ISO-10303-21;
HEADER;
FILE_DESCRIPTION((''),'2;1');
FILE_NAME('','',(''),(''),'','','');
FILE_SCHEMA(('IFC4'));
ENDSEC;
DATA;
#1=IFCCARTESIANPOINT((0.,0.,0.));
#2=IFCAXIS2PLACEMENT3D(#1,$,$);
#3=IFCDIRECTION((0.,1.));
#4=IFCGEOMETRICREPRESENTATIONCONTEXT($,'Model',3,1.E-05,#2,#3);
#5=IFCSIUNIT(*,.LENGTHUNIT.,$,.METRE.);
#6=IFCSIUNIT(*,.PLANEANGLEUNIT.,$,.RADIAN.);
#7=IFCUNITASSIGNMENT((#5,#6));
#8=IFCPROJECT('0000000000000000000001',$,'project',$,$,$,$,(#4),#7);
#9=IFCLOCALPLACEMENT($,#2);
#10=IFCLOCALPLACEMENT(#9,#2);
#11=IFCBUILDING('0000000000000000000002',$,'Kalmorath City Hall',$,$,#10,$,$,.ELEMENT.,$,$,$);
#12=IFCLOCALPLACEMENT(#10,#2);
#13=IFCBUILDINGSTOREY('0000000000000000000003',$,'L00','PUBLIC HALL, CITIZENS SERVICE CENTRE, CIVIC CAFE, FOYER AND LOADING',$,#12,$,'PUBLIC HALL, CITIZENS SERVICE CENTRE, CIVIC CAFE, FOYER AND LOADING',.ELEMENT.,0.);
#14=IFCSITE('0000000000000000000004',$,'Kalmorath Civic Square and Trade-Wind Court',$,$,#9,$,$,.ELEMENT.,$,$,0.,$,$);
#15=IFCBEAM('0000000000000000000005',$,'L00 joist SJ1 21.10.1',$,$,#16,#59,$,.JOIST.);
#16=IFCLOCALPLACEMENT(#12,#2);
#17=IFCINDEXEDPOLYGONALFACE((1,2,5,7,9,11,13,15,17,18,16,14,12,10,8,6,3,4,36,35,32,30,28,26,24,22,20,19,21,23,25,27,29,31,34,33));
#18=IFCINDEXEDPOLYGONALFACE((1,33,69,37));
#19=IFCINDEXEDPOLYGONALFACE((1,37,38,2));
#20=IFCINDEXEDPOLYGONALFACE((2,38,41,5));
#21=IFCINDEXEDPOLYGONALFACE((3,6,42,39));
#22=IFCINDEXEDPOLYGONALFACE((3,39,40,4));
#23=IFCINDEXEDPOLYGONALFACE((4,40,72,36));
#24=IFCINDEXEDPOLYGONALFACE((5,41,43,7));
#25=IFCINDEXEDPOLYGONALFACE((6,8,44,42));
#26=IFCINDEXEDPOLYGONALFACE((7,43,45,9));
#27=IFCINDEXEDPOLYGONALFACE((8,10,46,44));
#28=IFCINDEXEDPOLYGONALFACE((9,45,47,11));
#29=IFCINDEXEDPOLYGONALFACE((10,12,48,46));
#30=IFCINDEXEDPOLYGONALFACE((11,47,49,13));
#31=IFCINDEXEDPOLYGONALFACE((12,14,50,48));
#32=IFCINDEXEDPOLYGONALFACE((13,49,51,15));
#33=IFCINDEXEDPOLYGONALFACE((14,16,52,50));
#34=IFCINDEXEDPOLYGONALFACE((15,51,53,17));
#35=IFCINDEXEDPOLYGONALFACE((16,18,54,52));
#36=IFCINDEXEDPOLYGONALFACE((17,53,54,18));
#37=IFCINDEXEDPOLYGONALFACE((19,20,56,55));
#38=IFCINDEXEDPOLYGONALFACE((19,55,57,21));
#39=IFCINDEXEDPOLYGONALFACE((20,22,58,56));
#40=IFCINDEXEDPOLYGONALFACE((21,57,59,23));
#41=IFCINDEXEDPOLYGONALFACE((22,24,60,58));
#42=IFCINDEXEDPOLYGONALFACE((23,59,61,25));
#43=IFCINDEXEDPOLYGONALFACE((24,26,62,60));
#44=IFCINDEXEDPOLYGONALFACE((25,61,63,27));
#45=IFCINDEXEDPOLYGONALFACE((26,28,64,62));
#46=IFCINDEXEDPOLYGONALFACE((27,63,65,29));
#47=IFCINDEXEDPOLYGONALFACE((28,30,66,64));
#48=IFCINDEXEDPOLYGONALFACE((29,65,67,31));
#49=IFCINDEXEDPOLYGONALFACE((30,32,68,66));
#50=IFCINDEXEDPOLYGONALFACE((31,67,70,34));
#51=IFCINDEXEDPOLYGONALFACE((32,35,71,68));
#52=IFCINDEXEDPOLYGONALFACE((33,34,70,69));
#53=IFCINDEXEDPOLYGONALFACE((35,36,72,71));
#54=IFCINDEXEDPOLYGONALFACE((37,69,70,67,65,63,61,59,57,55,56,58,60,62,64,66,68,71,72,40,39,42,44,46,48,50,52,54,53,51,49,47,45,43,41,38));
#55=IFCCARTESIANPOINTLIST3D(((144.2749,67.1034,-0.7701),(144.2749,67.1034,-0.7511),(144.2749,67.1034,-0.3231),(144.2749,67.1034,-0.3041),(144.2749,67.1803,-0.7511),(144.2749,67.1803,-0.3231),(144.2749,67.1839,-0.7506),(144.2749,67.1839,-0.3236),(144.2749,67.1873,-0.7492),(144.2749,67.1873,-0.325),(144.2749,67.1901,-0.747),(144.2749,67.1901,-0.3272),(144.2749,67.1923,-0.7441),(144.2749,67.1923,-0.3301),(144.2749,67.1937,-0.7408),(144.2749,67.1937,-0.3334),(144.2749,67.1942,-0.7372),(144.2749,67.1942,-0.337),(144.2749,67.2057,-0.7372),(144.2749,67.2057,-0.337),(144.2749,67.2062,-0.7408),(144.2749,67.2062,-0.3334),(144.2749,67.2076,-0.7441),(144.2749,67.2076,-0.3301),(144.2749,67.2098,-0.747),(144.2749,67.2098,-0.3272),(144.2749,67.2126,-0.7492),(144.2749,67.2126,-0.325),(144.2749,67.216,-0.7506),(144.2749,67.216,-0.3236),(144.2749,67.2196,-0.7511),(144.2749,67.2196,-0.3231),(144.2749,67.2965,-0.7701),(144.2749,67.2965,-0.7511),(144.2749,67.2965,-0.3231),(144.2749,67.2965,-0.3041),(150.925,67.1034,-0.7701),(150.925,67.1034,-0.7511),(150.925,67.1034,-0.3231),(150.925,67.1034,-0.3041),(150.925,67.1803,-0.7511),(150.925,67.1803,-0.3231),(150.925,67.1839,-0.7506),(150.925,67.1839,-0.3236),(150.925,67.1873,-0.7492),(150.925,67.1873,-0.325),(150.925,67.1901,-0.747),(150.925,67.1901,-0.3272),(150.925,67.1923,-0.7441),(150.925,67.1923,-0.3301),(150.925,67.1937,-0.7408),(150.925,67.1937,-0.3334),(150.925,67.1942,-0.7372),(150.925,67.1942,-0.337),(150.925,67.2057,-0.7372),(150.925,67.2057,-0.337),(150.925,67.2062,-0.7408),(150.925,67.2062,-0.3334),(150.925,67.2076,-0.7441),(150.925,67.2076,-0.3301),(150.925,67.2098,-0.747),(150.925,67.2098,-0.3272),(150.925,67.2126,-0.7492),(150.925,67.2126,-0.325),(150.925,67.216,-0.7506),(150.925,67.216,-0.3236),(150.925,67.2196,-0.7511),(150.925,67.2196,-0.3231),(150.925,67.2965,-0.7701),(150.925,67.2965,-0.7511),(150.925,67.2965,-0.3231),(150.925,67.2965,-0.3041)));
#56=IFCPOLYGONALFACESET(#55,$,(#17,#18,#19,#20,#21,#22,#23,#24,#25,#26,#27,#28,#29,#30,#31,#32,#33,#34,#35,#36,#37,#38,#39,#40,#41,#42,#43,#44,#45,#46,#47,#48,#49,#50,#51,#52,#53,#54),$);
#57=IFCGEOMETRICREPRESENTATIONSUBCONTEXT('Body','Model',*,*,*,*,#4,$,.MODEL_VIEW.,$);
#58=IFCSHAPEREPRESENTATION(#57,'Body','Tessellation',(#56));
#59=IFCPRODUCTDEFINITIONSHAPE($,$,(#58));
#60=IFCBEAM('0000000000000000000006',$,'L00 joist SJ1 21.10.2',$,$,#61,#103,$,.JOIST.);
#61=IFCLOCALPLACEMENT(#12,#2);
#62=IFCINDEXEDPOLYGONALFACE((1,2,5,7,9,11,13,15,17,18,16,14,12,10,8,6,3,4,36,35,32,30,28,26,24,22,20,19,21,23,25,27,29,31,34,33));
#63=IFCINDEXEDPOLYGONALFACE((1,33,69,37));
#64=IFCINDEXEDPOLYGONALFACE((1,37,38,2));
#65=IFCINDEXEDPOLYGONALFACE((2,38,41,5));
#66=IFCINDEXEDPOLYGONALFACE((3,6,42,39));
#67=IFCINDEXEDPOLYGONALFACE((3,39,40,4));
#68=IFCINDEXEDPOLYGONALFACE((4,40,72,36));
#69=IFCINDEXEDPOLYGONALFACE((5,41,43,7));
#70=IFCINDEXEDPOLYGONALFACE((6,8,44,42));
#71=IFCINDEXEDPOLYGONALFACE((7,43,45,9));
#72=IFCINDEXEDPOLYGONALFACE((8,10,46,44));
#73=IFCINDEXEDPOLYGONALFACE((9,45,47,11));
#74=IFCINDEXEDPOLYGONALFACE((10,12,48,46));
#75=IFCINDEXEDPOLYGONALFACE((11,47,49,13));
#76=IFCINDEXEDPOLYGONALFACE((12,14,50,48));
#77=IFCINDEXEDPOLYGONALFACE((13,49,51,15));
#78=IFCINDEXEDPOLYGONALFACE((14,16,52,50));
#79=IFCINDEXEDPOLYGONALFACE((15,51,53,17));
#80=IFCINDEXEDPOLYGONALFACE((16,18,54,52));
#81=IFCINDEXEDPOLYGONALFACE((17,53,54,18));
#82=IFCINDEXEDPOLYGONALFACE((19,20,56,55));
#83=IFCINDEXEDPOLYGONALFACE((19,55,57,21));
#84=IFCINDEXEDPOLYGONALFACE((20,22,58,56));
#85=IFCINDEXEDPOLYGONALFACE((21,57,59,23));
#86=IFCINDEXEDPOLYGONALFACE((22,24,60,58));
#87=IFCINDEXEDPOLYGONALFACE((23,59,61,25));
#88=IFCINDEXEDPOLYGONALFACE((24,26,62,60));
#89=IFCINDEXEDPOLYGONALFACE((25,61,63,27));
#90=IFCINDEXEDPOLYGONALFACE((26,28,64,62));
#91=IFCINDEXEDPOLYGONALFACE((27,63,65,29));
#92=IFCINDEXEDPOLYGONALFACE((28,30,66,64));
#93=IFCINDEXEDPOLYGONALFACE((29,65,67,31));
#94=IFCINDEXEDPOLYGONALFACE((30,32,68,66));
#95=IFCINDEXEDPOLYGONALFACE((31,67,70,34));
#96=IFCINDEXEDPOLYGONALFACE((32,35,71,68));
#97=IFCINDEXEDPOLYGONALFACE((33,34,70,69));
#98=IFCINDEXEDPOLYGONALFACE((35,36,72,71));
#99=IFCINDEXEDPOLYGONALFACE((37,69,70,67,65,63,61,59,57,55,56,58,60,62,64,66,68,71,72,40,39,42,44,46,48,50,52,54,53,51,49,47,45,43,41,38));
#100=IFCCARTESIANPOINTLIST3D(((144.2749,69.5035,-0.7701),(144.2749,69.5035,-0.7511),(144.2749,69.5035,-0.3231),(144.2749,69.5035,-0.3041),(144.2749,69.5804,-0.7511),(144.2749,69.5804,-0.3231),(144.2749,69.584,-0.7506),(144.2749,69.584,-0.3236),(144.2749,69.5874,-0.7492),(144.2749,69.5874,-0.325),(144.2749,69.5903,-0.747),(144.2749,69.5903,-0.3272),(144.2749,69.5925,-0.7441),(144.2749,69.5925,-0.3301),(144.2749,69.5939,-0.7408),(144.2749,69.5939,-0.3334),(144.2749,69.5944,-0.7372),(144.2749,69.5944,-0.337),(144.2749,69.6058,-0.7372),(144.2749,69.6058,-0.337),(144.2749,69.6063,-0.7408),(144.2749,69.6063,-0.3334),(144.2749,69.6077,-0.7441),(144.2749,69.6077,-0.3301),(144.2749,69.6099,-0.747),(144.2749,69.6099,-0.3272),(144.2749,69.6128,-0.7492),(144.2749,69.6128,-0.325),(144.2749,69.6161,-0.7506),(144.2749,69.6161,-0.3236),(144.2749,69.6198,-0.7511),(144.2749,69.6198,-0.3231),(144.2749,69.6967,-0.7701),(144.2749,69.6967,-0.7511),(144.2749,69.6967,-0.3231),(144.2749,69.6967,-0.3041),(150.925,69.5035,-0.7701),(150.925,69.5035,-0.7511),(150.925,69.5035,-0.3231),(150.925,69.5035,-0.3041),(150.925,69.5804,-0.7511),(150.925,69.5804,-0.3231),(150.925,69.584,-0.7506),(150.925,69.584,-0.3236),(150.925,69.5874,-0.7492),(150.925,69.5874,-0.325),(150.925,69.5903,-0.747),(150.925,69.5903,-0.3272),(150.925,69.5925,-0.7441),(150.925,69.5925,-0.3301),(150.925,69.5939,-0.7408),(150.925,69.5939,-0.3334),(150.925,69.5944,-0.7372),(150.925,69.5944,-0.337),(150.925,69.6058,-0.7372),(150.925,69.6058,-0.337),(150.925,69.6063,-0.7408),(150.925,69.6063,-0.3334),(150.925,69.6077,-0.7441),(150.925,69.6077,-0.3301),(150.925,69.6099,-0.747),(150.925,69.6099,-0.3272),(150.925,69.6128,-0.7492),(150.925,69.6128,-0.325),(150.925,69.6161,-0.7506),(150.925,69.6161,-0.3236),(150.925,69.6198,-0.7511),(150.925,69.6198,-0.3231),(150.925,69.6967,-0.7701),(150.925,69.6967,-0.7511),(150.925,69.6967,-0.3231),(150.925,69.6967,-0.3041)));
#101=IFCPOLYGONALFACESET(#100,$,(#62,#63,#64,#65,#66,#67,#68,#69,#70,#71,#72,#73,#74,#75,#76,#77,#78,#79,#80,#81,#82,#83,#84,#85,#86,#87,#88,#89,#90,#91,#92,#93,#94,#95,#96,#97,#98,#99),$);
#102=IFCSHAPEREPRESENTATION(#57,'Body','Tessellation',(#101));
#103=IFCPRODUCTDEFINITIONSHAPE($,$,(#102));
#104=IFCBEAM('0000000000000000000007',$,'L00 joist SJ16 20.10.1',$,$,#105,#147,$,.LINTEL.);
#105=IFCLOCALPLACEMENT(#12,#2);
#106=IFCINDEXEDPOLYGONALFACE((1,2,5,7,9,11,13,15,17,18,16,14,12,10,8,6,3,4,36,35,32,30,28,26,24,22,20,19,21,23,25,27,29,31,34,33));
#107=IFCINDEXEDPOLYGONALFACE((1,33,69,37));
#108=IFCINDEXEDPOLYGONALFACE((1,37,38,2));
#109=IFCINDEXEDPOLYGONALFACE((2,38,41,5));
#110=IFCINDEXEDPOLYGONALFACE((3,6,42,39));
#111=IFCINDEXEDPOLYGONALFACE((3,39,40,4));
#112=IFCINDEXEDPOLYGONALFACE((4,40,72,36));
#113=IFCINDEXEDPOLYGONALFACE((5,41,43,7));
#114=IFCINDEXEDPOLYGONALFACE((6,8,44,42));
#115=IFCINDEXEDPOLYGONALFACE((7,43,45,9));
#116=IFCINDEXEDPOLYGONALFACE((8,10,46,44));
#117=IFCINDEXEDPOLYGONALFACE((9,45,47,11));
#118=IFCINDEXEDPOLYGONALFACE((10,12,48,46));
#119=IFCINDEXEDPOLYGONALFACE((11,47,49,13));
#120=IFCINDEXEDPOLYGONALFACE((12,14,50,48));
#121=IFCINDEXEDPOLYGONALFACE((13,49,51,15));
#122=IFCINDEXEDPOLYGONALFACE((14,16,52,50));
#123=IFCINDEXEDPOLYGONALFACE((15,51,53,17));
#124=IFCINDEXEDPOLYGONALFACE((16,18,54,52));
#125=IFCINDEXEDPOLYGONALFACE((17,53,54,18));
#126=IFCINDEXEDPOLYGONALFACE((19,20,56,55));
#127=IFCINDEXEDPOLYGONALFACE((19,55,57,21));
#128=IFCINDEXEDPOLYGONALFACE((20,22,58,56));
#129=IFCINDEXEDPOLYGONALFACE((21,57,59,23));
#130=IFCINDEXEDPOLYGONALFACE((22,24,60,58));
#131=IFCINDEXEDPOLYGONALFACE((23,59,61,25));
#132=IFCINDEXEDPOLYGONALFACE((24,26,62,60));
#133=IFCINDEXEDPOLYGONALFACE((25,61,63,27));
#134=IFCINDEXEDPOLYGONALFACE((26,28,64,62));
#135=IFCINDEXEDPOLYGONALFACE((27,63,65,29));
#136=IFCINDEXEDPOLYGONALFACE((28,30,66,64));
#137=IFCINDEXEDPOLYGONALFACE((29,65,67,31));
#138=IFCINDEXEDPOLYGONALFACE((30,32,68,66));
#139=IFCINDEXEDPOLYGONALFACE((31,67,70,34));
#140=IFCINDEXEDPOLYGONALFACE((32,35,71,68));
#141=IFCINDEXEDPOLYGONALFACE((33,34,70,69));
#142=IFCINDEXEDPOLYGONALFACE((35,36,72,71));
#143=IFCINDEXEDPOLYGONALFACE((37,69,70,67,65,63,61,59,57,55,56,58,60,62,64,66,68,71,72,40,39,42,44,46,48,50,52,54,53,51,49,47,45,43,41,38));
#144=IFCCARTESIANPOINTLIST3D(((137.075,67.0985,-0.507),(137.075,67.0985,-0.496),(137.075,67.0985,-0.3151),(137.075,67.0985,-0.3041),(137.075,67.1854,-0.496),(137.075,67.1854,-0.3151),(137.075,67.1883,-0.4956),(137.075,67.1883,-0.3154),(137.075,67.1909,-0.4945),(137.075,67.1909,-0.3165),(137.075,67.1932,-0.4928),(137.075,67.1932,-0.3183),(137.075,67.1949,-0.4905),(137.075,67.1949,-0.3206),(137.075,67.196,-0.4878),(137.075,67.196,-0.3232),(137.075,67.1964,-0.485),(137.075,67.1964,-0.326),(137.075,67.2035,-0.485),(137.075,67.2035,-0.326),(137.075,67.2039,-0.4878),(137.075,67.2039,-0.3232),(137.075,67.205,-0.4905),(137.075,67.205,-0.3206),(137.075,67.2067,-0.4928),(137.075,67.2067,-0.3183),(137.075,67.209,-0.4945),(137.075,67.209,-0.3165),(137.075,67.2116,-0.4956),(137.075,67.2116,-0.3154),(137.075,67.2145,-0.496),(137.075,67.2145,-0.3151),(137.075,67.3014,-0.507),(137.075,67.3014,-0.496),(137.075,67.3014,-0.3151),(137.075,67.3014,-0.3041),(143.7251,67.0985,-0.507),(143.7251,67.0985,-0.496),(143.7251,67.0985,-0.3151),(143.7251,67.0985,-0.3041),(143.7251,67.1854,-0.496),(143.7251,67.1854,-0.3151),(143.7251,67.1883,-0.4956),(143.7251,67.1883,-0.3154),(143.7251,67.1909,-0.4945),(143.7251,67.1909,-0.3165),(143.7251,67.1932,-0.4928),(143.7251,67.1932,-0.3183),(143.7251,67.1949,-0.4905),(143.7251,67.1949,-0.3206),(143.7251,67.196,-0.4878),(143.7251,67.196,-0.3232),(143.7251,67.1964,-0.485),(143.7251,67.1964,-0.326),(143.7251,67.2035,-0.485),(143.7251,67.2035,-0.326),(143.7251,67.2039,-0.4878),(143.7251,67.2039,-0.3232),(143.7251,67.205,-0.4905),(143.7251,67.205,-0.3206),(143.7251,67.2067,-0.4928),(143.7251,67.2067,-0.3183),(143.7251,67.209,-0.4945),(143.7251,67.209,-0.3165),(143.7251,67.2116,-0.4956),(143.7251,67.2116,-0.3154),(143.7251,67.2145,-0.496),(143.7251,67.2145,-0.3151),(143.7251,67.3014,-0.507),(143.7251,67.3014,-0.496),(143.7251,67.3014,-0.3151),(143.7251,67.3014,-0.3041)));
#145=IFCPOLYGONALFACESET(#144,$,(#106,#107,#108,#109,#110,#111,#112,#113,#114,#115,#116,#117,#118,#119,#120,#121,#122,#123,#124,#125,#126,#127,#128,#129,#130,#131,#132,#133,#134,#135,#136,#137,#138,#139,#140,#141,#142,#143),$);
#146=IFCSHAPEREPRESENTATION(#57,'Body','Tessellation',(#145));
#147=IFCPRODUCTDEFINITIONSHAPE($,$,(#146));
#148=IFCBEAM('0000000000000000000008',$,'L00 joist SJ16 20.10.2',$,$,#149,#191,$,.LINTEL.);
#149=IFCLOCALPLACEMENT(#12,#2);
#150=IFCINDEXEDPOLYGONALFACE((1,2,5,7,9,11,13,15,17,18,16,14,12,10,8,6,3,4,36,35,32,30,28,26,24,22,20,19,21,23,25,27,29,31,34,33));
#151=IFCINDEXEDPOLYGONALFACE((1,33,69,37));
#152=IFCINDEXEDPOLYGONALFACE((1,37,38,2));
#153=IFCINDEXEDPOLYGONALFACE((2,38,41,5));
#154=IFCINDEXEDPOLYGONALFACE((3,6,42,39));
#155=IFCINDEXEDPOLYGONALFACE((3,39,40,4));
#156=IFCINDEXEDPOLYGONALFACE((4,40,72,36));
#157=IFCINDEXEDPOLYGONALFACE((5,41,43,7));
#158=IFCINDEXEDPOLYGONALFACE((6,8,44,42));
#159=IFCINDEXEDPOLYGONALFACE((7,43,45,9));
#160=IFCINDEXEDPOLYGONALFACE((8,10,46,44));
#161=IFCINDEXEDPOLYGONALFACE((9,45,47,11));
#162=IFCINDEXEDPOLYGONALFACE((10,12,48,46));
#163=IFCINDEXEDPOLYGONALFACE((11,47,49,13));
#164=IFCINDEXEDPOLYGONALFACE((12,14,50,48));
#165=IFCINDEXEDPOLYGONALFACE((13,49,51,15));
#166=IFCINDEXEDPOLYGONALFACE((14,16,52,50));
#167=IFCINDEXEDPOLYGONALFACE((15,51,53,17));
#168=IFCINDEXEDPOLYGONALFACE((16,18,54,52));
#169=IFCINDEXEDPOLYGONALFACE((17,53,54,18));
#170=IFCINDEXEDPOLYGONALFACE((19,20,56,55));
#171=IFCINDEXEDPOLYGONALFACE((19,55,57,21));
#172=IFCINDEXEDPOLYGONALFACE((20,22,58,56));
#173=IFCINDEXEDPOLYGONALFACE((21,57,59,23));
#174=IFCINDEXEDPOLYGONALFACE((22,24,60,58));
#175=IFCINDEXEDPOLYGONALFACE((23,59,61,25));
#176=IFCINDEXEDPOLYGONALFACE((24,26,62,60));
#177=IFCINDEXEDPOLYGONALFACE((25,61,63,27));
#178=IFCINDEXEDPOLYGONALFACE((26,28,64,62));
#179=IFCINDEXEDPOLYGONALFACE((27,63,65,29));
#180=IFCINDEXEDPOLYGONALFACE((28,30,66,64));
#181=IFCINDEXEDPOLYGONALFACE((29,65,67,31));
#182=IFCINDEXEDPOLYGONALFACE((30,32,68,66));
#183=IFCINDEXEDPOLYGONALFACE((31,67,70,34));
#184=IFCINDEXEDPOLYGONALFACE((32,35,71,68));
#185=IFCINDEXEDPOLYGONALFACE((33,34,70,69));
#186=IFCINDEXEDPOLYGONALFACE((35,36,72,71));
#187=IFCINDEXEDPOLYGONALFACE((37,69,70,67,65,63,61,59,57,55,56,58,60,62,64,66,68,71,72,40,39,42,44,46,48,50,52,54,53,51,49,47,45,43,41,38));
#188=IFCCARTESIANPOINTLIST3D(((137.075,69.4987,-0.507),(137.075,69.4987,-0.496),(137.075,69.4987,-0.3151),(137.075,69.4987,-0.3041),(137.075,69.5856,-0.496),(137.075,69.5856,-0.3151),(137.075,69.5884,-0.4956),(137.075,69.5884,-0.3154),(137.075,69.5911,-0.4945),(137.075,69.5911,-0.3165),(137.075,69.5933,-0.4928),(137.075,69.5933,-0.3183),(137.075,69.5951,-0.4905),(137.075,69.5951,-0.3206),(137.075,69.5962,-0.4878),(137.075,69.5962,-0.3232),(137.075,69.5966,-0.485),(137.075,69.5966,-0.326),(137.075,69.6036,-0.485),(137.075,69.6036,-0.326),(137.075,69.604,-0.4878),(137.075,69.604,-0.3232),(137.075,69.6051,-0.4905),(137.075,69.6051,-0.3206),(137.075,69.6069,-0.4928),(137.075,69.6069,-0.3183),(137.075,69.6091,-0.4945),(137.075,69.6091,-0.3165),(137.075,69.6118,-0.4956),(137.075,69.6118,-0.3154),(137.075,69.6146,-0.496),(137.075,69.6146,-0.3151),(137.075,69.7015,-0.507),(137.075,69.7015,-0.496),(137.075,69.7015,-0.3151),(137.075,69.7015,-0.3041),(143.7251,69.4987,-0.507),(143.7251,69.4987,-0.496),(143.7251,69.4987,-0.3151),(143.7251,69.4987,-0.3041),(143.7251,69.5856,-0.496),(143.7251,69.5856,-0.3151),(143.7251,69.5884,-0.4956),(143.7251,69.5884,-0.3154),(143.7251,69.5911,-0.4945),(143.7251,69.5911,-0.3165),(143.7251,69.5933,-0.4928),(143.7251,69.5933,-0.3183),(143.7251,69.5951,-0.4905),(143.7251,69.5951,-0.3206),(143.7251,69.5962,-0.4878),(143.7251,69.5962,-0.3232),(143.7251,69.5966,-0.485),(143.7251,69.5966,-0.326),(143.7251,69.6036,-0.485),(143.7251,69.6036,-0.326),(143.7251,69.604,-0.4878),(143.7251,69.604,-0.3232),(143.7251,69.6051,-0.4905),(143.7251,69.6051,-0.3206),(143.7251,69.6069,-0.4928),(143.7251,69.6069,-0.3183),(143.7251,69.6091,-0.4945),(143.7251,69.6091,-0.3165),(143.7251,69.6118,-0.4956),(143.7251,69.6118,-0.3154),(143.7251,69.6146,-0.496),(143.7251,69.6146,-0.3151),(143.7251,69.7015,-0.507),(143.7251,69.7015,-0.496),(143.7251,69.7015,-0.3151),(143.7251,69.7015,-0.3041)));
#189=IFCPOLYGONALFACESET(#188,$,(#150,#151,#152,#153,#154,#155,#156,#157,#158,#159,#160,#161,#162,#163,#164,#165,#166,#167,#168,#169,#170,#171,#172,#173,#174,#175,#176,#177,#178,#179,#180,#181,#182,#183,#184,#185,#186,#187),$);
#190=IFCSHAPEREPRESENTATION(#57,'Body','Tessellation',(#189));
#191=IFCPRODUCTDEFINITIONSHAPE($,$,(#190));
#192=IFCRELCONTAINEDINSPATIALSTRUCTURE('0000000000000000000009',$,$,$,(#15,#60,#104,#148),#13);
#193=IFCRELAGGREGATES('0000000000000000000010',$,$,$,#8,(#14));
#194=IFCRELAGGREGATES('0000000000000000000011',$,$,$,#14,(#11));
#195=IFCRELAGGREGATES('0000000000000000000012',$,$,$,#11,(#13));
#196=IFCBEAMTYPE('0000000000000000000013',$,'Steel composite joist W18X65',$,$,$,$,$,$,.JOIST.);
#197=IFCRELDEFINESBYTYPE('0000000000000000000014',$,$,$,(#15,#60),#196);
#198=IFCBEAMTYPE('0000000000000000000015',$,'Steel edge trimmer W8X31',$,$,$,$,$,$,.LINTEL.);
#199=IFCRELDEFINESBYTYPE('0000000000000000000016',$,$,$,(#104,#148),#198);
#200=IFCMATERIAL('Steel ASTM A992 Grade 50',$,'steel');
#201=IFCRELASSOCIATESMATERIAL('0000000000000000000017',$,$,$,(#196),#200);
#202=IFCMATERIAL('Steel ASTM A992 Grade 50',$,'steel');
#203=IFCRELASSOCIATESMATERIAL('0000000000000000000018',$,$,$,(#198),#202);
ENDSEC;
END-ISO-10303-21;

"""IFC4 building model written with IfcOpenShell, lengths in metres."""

from ifc_helpers import new_model, si_unit, direction, frame, origin, origin_2d, place, context, subcontext, project, spatial, i_section, extrude, material, material_profile, profile_set, type_object, element, save


model = new_model("IFC4")

# Units and contexts
model_context = context("Model", 3, precision=1e-05, world=origin(), true_north=direction((0.0, 1.0)))
body_context = subcontext(model_context, "Body", "Model", "MODEL_VIEW")
ifc_project = project(units=[si_unit("LENGTHUNIT", "METRE"), si_unit("PLANEANGLEUNIT", "RADIAN")], contexts=[model_context])

# Site, building, storey
site_placement = place(None, origin())
site = spatial("IfcSite", under=ifc_project, at=site_placement, Name="Kalmorath Civic Square and Trade-Wind Court", CompositionType="ELEMENT", RefElevation=0.0)
building_placement = place(site_placement, origin())
building = spatial("IfcBuilding", under=site, at=building_placement, Name="Kalmorath City Hall", CompositionType="ELEMENT")
storey_placement = place(building_placement, origin())
storey = spatial("IfcBuildingStorey", under=building, at=storey_placement, Name="L00", Description="PUBLIC HALL, CITIZENS SERVICE CENTRE, CIVIC CAFE, FOYER AND LOADING", LongName="PUBLIC HALL, CITIZENS SERVICE CENTRE, CIVIC CAFE, FOYER AND LOADING", CompositionType="ELEMENT", Elevation=0.0)

# Beams
ifc_material_1 = material(Name="Steel ASTM A992 Grade 50", Category="steel")
ifc_material_profile_1 = material_profile(ifc_material_1, i_section(OverallWidth=0.1931, OverallDepth=0.4661, WebThickness=0.0115, FlangeThickness=0.019, FilletRadius=0.0139, at=origin_2d()), Name="W18X65")
ifc_profile_set_1 = profile_set([ifc_material_profile_1], Name="Steel ASTM A992 Grade 50")
beam_type_1 = type_object("IfcBeamType", Name="Steel composite joist W18X65", PredefinedType="JOIST", material=ifc_profile_set_1)
for number, where, z_axis, x_axis, name in (
    (1, (144.2749, 67.2, -0.5371), (1.0, 0.0, 0.0), (0.0, 1.0, 0.0), "L00 joist SJ1 21.10.1"),
    (2, (144.2749, 69.6001, -0.5371), (1.0, 0.0, 0.0), (0.0, 1.0, 0.0), "L00 joist SJ1 21.10.2"),
):
    element("IfcBeam", number, at=place(storey_placement, frame(where, z_axis=z_axis, x_axis=x_axis)), inside=storey, type_object=beam_type_1, Name=name, PredefinedType="JOIST", context=body_context, shape_type="SweptSolid", body=[
        extrude(i_section(OverallWidth=0.1931, OverallDepth=0.4661, WebThickness=0.0115, FlangeThickness=0.019, FilletRadius=0.0139, at=origin_2d()), origin(), (0.0, 0.0, 1.0), 6.6501),
    ])
ifc_material_2 = material(Name="Steel ASTM A992 Grade 50", Category="steel")
ifc_material_profile_2 = material_profile(ifc_material_2, i_section(OverallWidth=0.2029, OverallDepth=0.2029, WebThickness=0.0071, FlangeThickness=0.011, FilletRadius=0.011, at=origin_2d()), Name="W8X31")
ifc_profile_set_2 = profile_set([ifc_material_profile_2], Name="Steel ASTM A992 Grade 50")
beam_type_2 = type_object("IfcBeamType", Name="Steel edge trimmer W8X31", PredefinedType="LINTEL", material=ifc_profile_set_2)
for number, where, z_axis, x_axis, name in (
    (3, (137.075, 67.2, -0.4055), (1.0, 0.0, 0.0), (0.0, 1.0, 0.0), "L00 joist SJ16 20.10.1"),
    (4, (137.075, 69.6001, -0.4055), (1.0, 0.0, 0.0), (0.0, 1.0, 0.0), "L00 joist SJ16 20.10.2"),
):
    element("IfcBeam", number, at=place(storey_placement, frame(where, z_axis=z_axis, x_axis=x_axis)), inside=storey, type_object=beam_type_2, Name=name, PredefinedType="LINTEL", context=body_context, shape_type="SweptSolid", body=[
        extrude(i_section(OverallWidth=0.2029, OverallDepth=0.2029, WebThickness=0.0071, FlangeThickness=0.011, FilletRadius=0.011, at=origin_2d()), origin(), (0.0, 0.0, 1.0), 6.6501),
    ])

save(model, "model.ifc")
